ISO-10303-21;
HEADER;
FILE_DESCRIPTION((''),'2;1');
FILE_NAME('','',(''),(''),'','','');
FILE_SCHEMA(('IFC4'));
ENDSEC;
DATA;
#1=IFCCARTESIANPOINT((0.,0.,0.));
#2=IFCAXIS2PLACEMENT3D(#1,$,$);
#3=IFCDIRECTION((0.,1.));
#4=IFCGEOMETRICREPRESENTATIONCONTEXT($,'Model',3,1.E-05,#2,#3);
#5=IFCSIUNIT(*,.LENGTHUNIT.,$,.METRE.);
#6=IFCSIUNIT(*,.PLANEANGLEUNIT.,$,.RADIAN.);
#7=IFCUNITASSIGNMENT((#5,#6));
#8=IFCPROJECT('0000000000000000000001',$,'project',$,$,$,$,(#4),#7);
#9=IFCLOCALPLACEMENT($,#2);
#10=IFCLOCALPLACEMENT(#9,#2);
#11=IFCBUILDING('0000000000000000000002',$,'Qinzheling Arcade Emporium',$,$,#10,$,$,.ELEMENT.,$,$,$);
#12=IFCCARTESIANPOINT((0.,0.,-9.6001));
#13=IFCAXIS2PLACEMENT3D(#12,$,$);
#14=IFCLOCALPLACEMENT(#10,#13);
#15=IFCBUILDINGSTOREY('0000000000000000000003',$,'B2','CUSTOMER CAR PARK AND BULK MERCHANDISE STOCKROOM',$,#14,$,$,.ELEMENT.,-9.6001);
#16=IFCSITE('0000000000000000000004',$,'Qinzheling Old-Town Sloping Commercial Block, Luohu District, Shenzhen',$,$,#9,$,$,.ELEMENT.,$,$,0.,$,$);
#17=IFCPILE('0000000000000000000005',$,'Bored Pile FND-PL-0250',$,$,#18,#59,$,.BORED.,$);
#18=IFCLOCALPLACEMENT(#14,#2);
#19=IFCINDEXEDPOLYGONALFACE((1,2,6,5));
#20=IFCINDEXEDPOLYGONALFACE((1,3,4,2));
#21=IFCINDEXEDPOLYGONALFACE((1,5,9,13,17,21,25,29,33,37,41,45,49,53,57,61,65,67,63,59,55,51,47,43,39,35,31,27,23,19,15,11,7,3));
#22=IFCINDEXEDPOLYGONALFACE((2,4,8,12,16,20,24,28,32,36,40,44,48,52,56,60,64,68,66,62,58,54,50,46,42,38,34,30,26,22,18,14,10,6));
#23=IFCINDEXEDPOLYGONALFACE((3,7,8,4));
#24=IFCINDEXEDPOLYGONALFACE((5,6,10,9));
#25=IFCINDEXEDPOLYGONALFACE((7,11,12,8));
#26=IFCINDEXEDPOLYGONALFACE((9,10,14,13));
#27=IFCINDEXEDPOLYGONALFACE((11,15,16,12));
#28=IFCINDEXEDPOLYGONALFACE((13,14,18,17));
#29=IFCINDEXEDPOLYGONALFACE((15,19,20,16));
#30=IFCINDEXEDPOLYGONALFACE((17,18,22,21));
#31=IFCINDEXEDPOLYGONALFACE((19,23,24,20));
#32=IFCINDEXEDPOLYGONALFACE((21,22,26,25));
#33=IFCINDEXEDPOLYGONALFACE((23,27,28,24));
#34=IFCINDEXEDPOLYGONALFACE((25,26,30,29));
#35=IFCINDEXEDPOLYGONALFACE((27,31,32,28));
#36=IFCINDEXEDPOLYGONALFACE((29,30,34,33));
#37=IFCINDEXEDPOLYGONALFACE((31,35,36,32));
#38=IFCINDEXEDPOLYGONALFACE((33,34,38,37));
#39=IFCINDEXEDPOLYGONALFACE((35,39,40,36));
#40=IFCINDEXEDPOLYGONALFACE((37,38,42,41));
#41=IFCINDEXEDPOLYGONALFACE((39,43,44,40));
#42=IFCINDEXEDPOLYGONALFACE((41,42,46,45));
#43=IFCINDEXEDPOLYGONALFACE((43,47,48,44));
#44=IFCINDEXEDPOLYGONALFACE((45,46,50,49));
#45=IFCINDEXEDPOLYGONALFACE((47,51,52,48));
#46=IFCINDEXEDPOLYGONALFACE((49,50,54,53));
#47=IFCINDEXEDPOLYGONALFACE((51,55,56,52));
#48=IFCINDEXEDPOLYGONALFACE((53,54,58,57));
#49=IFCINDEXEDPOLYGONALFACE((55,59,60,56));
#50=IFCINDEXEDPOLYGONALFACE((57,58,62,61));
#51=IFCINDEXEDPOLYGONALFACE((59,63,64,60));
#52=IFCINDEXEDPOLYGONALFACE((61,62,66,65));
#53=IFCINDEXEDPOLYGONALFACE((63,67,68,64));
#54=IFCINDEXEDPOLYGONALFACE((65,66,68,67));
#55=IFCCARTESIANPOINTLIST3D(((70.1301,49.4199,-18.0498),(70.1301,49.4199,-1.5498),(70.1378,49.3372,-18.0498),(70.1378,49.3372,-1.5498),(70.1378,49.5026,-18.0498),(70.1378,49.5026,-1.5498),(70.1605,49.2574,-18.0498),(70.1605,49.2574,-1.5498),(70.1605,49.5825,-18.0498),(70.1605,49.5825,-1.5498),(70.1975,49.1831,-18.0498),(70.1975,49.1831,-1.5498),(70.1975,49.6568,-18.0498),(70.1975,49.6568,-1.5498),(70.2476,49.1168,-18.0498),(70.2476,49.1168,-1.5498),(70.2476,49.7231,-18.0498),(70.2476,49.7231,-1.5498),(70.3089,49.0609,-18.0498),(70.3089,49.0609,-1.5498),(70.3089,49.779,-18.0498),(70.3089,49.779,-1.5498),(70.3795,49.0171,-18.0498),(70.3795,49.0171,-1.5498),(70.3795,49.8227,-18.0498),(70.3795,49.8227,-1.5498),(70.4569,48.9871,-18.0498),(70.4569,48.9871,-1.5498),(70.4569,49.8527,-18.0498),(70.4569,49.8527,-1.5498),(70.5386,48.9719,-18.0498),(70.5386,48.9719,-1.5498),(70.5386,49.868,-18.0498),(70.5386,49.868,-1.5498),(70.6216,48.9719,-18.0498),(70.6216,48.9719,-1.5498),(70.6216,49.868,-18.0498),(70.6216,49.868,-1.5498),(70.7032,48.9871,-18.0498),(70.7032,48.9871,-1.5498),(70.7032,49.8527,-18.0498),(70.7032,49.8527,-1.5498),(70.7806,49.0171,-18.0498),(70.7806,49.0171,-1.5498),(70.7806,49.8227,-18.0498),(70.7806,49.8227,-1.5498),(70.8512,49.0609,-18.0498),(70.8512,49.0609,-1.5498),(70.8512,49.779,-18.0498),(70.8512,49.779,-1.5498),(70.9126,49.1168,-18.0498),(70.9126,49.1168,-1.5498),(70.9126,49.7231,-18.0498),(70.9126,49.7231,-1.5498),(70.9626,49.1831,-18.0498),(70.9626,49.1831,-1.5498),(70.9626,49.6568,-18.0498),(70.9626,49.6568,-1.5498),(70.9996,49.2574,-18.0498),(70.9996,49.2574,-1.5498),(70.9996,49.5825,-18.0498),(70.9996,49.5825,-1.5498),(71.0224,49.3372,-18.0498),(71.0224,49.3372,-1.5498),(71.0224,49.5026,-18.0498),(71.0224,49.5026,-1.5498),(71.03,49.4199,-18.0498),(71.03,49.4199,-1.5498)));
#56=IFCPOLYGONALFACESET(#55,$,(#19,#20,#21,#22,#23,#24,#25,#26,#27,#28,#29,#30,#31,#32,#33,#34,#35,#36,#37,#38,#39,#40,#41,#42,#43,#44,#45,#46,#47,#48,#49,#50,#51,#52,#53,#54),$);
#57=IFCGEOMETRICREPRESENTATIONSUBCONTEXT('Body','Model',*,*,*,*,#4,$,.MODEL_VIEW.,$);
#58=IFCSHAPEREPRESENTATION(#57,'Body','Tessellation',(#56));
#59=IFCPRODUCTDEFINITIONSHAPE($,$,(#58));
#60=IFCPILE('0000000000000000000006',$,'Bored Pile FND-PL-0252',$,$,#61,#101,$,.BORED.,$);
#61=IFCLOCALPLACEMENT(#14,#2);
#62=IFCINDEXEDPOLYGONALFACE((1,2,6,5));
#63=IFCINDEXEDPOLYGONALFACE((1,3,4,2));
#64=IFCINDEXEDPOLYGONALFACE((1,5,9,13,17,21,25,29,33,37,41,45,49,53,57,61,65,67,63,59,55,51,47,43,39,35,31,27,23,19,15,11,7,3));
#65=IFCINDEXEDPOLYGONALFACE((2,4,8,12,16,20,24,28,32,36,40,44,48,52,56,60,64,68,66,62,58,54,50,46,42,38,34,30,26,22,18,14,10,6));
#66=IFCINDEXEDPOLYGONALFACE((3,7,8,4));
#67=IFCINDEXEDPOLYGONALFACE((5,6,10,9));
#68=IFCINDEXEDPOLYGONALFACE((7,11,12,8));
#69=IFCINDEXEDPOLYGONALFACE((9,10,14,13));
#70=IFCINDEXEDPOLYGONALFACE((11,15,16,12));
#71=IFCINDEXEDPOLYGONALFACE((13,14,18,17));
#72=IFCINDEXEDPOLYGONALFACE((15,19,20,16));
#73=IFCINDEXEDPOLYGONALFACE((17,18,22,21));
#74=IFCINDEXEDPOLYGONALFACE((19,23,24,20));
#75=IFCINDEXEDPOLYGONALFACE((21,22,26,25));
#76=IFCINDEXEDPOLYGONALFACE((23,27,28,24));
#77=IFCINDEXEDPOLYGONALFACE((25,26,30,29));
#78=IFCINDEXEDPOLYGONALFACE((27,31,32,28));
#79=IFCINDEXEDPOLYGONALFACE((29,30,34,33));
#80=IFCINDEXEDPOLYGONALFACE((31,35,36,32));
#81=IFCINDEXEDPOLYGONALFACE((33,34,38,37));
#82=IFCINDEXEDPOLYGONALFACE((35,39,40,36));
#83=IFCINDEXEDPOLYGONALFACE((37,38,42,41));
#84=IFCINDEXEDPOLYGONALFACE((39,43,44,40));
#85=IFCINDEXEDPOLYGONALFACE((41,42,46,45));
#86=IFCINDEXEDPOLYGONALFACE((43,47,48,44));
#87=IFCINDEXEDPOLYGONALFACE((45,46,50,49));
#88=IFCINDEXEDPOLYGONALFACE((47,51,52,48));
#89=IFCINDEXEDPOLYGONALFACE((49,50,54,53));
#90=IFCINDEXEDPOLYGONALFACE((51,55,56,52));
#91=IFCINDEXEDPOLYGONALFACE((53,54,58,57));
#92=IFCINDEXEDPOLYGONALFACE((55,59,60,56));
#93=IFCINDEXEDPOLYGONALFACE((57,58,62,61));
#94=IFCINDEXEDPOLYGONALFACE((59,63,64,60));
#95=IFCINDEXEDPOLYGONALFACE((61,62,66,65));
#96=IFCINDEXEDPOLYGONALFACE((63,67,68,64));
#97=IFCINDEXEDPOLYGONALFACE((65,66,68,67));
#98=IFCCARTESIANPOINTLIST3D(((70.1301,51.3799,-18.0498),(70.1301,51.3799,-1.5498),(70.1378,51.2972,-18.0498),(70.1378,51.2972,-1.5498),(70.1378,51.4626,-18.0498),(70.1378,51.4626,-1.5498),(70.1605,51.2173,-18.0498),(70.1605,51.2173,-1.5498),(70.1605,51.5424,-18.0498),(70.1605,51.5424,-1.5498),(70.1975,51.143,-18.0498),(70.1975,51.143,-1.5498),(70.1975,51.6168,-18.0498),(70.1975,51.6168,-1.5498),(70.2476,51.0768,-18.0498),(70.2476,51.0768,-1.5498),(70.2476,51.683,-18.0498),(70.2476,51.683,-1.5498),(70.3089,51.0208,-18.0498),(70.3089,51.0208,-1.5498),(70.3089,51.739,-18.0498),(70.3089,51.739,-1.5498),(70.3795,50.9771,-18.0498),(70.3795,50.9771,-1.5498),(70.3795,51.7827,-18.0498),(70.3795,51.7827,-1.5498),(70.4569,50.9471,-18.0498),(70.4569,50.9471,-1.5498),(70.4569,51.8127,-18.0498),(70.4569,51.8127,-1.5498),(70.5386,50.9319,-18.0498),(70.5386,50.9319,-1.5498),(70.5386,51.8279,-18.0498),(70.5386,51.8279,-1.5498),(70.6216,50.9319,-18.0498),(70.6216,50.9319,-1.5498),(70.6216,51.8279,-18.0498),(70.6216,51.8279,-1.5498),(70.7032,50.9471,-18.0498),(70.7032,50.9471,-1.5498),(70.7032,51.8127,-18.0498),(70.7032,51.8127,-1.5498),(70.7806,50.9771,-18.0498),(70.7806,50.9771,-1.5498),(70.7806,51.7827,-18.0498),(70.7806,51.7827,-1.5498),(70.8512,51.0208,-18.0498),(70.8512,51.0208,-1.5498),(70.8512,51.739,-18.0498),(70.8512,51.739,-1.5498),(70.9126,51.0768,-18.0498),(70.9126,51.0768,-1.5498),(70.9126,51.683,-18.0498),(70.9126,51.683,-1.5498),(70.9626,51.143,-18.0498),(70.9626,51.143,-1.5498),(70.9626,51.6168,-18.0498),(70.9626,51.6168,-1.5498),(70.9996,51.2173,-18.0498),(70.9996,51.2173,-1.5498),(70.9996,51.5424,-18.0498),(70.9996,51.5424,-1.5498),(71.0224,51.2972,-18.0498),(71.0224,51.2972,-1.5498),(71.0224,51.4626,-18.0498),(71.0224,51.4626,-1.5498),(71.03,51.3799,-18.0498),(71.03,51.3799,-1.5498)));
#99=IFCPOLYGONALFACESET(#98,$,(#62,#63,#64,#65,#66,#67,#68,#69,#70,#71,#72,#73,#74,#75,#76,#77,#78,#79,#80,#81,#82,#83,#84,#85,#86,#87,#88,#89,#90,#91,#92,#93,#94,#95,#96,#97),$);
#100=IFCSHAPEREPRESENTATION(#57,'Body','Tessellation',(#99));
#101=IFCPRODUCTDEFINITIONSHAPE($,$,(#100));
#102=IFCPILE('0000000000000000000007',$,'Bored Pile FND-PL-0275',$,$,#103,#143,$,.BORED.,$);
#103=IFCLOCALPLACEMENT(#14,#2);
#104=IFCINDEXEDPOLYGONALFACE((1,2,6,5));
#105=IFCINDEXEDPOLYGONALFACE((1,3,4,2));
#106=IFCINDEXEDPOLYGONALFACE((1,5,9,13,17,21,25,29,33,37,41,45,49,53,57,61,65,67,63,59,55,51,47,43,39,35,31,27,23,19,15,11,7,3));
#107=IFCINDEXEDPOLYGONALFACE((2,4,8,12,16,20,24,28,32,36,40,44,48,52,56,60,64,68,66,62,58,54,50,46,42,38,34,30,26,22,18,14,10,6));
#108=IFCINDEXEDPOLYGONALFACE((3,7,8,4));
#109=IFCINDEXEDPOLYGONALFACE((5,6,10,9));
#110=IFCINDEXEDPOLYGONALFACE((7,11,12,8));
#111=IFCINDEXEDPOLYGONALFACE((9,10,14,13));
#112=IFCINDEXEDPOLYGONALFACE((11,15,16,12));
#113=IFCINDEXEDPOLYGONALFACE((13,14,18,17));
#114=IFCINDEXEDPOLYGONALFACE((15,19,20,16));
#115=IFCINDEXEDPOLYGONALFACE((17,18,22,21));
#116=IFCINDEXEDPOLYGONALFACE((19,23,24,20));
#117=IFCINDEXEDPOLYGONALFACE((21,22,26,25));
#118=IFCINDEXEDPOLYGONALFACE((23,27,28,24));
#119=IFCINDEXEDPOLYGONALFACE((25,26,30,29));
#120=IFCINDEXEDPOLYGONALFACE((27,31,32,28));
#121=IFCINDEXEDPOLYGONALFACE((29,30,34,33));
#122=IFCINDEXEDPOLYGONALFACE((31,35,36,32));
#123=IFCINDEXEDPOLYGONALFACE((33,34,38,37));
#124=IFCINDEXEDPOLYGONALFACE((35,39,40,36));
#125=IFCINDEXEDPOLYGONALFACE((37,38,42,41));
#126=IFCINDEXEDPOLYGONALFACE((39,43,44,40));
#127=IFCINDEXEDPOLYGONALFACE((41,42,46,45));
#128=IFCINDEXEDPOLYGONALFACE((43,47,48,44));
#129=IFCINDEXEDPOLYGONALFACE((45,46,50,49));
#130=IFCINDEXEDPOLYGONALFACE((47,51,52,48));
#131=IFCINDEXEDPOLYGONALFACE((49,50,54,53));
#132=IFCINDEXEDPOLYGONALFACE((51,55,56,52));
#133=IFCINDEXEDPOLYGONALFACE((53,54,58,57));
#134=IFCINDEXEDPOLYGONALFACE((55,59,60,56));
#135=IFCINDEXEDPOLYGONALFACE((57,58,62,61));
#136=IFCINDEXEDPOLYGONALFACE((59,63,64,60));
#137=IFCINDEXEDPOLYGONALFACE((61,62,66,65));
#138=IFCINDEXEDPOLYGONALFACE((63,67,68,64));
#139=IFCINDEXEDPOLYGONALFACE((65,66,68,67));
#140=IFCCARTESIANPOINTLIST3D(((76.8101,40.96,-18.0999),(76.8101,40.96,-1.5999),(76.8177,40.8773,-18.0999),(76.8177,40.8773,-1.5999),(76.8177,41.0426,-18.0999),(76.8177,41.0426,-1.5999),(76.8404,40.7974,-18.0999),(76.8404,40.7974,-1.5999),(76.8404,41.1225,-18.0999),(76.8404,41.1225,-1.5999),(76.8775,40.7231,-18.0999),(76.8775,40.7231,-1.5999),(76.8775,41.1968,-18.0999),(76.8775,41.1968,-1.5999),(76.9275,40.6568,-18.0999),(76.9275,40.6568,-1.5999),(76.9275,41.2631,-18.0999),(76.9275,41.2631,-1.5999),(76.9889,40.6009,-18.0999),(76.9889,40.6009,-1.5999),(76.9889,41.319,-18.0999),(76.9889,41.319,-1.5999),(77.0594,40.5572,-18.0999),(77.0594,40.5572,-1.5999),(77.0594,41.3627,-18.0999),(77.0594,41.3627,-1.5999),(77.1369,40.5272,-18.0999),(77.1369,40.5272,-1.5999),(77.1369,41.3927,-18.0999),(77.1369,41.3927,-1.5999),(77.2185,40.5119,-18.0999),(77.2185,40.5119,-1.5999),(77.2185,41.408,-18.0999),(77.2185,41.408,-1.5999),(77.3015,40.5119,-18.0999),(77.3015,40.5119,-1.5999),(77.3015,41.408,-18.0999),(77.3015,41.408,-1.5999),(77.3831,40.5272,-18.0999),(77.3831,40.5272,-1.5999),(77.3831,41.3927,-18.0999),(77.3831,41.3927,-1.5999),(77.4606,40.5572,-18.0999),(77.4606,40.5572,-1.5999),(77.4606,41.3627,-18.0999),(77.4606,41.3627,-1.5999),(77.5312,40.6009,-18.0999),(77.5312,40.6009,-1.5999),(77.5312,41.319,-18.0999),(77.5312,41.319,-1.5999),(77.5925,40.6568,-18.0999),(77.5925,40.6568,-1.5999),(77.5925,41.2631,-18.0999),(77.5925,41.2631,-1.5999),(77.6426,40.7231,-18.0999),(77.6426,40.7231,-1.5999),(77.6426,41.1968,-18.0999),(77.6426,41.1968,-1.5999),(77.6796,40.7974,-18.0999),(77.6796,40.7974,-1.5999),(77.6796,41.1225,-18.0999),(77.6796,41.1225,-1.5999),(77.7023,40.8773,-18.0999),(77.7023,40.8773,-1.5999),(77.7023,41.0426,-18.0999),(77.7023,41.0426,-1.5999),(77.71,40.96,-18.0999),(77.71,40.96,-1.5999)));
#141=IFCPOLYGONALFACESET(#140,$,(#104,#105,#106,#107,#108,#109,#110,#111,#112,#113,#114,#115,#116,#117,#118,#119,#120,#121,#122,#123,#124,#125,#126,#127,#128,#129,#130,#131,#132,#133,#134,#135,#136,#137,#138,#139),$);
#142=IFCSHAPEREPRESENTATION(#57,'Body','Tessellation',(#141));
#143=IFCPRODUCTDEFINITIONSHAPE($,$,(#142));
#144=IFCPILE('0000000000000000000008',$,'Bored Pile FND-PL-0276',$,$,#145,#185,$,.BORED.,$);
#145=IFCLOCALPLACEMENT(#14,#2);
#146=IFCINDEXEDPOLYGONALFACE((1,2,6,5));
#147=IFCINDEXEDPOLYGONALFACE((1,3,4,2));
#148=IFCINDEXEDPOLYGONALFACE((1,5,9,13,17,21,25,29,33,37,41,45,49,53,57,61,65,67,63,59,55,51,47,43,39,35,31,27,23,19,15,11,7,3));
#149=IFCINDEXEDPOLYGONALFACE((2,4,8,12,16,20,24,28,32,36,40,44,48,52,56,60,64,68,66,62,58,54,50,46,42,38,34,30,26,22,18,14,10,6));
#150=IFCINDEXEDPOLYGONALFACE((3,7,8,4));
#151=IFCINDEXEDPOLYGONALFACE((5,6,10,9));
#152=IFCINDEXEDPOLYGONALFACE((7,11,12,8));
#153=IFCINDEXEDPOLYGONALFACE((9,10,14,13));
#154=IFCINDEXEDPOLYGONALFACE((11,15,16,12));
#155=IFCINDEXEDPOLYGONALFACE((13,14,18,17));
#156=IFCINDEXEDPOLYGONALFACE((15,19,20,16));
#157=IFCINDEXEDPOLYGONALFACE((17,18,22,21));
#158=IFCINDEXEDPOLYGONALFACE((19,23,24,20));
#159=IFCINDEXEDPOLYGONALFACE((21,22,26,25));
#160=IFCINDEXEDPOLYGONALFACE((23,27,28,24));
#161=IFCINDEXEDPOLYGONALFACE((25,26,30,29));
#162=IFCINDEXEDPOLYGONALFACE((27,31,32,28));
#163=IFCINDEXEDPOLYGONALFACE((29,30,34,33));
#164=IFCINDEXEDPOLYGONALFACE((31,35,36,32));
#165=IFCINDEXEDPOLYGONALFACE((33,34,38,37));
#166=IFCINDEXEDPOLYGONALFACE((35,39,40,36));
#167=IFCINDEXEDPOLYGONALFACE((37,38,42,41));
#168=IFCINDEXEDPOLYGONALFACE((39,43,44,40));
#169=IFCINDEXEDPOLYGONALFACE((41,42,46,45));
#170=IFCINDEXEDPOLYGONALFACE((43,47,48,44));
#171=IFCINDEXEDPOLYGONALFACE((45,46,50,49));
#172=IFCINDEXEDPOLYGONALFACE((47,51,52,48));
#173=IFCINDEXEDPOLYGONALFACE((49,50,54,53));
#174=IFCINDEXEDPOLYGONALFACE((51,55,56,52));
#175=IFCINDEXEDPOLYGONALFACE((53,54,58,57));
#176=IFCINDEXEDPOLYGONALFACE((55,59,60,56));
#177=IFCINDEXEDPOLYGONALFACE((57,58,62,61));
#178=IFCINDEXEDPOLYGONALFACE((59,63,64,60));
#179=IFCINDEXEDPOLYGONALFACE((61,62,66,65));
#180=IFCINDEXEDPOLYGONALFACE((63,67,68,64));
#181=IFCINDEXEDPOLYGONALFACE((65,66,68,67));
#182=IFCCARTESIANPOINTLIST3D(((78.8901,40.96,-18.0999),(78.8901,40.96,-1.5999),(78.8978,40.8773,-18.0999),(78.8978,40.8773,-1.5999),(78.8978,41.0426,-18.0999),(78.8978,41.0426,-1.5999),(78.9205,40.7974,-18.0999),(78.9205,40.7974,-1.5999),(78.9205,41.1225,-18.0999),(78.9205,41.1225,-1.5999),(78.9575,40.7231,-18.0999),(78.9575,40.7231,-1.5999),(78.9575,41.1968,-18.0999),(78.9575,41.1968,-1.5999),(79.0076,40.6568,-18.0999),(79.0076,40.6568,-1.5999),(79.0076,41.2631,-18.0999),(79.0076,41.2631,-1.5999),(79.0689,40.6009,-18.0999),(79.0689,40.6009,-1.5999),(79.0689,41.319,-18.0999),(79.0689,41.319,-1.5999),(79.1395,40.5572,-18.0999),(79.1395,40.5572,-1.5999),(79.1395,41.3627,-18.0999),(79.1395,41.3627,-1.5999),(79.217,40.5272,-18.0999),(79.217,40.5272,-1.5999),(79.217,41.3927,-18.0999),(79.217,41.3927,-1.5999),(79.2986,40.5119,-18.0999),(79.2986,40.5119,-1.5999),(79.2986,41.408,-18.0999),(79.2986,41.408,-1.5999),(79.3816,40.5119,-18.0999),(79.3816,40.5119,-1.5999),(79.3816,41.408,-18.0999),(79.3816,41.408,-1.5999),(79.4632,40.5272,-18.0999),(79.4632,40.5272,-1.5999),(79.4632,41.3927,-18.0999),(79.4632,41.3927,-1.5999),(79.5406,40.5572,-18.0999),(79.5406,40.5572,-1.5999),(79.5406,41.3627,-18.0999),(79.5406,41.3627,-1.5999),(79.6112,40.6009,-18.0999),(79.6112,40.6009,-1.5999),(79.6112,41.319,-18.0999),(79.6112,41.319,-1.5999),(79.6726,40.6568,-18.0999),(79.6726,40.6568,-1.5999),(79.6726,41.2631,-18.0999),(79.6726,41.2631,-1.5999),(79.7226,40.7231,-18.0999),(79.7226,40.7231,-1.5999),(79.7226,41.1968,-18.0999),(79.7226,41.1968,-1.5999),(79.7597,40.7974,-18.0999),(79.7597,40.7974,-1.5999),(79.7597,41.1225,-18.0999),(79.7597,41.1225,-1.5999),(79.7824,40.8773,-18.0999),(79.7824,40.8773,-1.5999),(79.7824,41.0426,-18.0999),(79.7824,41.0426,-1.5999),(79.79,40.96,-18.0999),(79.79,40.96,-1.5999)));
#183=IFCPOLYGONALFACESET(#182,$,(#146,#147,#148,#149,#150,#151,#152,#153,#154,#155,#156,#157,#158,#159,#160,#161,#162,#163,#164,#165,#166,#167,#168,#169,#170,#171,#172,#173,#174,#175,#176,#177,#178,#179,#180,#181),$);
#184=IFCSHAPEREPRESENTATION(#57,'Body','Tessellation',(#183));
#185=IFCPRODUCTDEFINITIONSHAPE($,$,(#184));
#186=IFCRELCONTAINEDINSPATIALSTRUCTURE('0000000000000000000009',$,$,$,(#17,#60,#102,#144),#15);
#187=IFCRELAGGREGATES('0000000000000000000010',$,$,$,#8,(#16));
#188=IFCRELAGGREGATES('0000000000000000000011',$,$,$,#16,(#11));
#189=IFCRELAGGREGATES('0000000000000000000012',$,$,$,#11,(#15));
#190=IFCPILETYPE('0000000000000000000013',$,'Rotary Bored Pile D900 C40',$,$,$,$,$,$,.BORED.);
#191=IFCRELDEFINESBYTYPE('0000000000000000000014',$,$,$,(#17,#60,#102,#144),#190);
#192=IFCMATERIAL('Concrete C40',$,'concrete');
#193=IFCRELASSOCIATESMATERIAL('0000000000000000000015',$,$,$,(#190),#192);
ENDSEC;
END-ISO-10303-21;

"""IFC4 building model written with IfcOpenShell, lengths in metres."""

from ifc_helpers import new_model, si_unit, direction, frame, origin, origin_2d, place, context, subcontext, project, spatial, circle, extrude, material, material_profile, profile_set, type_object, element, save


model = new_model("IFC4")

# Units and contexts
model_context = context("Model", 3, precision=1e-05, world=origin(), true_north=direction((0.0, 1.0)))
body_context = subcontext(model_context, "Body", "Model", "MODEL_VIEW")
ifc_project = project(units=[si_unit("LENGTHUNIT", "METRE"), si_unit("PLANEANGLEUNIT", "RADIAN")], contexts=[model_context])

# Site, building, storey
site_placement = place(None, origin())
site = spatial("IfcSite", under=ifc_project, at=site_placement, Name="Qinzheling Old-Town Sloping Commercial Block, Luohu District, Shenzhen", CompositionType="ELEMENT", RefElevation=0.0)
building_placement = place(site_placement, origin())
building = spatial("IfcBuilding", under=site, at=building_placement, Name="Qinzheling Arcade Emporium", CompositionType="ELEMENT")
storey_placement = place(building_placement, frame((0.0, 0.0, -9.6001)))
storey = spatial("IfcBuildingStorey", under=building, at=storey_placement, Name="B2", Description="CUSTOMER CAR PARK AND BULK MERCHANDISE STOCKROOM", CompositionType="ELEMENT", Elevation=-9.6001)

# Shared definitions
ifc_material_1 = material(Name="Concrete C40", Category="concrete")

# Piles
ifc_material_profile_1 = material_profile(ifc_material_1, circle(Radius=0.45, at=origin_2d()), Name="BORED D900", Category="concrete")
ifc_profile_set_1 = profile_set([ifc_material_profile_1], Name="Concrete C40")
pile_type = type_object("IfcPileType", Name="Rotary Bored Pile D900 C40", PredefinedType="BORED", material=ifc_profile_set_1)
for number, where, z_axis, x_axis, name in (
    (1, (70.5801, 49.4199, -1.5498), (0.0, 0.0, -1.0), (1.0, 0.0, 0.0), "Bored Pile FND-PL-0250"),
    (2, (70.5801, 51.3799, -1.5498), (0.0, 0.0, -1.0), (1.0, 0.0, 0.0), "Bored Pile FND-PL-0252"),
    (3, (77.26, 40.96, -1.5999), (0.0, 0.0, -1.0), (1.0, 0.0, 0.0), "Bored Pile FND-PL-0275"),
    (4, (79.3401, 40.96, -1.5999), (0.0, 0.0, -1.0), (1.0, 0.0, 0.0), "Bored Pile FND-PL-0276"),
):
    element("IfcPile", number, at=place(storey_placement, frame(where, z_axis=z_axis, x_axis=x_axis)), inside=storey, type_object=pile_type, Name=name, PredefinedType="BORED", context=body_context, shape_type="SweptSolid", body=[
        extrude(circle(Radius=0.45, at=origin_2d()), origin(), (0.0, 0.0, 1.0), 16.5),
    ])

save(model, "model.ifc")
